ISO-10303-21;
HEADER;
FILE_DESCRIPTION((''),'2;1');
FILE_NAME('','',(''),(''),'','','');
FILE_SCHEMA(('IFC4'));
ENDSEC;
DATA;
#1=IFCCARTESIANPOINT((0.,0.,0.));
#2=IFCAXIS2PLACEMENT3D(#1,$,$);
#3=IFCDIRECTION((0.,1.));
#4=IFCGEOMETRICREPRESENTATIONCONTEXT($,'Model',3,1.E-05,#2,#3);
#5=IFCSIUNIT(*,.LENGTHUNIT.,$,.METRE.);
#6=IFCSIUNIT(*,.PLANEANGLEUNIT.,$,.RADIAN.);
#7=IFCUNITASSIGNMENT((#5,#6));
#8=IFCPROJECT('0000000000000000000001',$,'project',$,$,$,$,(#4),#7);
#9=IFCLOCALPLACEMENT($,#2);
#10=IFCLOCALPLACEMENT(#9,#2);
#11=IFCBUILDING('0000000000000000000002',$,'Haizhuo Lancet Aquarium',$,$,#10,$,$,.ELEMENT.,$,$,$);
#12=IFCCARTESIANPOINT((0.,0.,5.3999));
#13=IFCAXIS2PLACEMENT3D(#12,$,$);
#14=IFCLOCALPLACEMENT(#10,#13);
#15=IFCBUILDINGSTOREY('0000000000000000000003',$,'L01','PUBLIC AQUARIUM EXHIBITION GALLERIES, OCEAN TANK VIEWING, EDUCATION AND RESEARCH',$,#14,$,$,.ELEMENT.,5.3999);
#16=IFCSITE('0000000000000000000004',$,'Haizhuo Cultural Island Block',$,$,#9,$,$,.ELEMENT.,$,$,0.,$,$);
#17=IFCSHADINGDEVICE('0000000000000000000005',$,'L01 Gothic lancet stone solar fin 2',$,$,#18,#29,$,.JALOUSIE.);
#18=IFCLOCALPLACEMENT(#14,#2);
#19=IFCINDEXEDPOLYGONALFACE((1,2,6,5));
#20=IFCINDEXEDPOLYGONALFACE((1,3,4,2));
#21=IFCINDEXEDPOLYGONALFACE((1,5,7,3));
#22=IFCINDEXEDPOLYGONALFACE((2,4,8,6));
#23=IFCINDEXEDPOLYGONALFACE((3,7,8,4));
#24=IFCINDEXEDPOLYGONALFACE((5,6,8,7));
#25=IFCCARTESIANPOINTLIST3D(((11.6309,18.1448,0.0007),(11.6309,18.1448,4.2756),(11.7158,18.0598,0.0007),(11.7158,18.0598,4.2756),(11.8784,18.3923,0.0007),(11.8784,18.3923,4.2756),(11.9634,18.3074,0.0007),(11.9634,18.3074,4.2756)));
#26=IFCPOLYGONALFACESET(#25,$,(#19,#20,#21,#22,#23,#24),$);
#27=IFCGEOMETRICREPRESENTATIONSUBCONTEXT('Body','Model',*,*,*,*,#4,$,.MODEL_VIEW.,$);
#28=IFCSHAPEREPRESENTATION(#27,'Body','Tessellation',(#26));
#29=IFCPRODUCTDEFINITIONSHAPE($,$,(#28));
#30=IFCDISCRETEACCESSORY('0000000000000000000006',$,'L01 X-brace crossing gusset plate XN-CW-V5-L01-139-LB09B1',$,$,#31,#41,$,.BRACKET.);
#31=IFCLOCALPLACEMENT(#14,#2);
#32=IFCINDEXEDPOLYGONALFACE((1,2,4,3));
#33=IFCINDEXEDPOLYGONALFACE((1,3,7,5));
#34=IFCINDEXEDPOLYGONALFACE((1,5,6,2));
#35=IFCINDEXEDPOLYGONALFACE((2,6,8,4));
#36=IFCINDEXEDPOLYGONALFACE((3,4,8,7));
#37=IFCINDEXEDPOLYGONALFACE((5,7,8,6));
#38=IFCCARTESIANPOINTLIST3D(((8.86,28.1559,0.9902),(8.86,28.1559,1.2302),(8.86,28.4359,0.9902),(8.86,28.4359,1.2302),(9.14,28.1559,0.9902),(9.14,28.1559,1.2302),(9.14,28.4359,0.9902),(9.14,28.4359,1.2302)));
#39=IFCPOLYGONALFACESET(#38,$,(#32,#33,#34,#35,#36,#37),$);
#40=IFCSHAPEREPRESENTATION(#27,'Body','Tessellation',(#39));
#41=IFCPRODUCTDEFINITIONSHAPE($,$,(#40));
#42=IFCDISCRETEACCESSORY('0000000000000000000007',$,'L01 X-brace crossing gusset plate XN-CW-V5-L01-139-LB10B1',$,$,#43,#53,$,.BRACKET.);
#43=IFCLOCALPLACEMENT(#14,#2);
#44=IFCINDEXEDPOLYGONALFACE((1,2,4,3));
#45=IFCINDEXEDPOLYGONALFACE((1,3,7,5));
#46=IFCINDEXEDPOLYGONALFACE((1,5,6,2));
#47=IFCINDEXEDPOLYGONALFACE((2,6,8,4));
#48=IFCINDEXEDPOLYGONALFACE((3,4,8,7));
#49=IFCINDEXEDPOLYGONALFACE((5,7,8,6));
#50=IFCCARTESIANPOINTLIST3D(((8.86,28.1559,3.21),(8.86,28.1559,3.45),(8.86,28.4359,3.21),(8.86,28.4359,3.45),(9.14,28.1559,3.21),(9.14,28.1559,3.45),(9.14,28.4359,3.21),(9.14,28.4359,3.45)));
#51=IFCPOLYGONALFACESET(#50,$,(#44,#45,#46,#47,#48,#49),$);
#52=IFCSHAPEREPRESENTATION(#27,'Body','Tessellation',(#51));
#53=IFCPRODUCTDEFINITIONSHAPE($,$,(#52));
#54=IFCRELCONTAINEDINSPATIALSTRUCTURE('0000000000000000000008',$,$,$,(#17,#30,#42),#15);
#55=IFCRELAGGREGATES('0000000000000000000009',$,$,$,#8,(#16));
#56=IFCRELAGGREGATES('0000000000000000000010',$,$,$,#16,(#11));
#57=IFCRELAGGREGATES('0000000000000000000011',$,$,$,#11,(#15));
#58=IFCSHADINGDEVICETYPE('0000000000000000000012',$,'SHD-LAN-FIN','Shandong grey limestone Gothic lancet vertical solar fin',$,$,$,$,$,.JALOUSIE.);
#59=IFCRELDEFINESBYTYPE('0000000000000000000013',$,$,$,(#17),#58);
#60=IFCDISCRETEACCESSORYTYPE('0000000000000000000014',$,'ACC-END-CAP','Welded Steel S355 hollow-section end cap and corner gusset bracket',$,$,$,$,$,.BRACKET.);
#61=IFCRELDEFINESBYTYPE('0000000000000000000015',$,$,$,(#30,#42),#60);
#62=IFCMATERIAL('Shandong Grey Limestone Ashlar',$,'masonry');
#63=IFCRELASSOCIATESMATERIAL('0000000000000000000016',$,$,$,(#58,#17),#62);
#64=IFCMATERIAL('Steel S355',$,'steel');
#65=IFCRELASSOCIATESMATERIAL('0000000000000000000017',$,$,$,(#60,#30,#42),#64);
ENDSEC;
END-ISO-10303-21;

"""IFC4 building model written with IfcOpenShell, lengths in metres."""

from ifc_helpers import new_model, si_unit, direction, frame, origin, origin_2d, place, context, subcontext, project, spatial, rectangle, extrude, material, type_object, element, save


model = new_model("IFC4")

# Units and contexts
model_context = context("Model", 3, precision=1e-05, world=origin(), true_north=direction((0.0, 1.0)))
body_context = subcontext(model_context, "Body", "Model", "MODEL_VIEW")
ifc_project = project(units=[si_unit("LENGTHUNIT", "METRE"), si_unit("PLANEANGLEUNIT", "RADIAN")], contexts=[model_context])

# Site, building, storey
site_placement = place(None, origin())
site = spatial("IfcSite", under=ifc_project, at=site_placement, Name="Haizhuo Cultural Island Block", CompositionType="ELEMENT", RefElevation=0.0)
building_placement = place(site_placement, origin())
building = spatial("IfcBuilding", under=site, at=building_placement, Name="Haizhuo Lancet Aquarium", CompositionType="ELEMENT")
storey_placement = place(building_placement, frame((0.0, 0.0, 5.3999)))
storey = spatial("IfcBuildingStorey", under=building, at=storey_placement, Name="L01", Description="PUBLIC AQUARIUM EXHIBITION GALLERIES, OCEAN TANK VIEWING, EDUCATION AND RESEARCH", CompositionType="ELEMENT", Elevation=5.3999)

# Shared definitions
ifc_material_1 = material(Name="Steel S355", Category="steel")

# Shared definitions
ifc_material_2 = material(Name="Shandong Grey Limestone Ashlar", Category="masonry")

# Shading device
shading_device_type = type_object("IfcShadingDeviceType", Name="SHD-LAN-FIN", Description="Shandong grey limestone Gothic lancet vertical solar fin", PredefinedType="JALOUSIE", material=ifc_material_2)
for number, where, z_axis, x_axis, name in (
    (1, (11.7971, 18.2261, 0.0007), (0.0, 0.0, 1.0), (0.707107, -0.707107, 0.0), "L01 Gothic lancet stone solar fin 2"),
):
    element("IfcShadingDevice", number, at=place(storey_placement, frame(where, z_axis=z_axis, x_axis=x_axis)), inside=storey, type_object=shading_device_type, material=ifc_material_2, Name=name, PredefinedType="JALOUSIE", context=body_context, shape_type="SweptSolid", body=[
        extrude(rectangle(XDim=0.1201, YDim=0.3501, at=origin_2d()), origin(), (0.0, 0.0, 1.0), 4.2749),
    ])

# Discrete accessories
discrete_accessory_type = type_object("IfcDiscreteAccessoryType", Name="ACC-END-CAP", Description="Welded Steel S355 hollow-section end cap and corner gusset bracket", PredefinedType="BRACKET", material=ifc_material_1)
for number, where, z_axis, x_axis, name in (
    (2, (9.0, 28.2959, 0.9902), (0.0, 0.0, 1.0), (1.0, 0.0, 0.0), "L01 X-brace crossing gusset plate XN-CW-V5-L01-139-LB09B1"),
    (3, (9.0, 28.2959, 3.21), (0.0, 0.0, 1.0), (1.0, 0.0, 0.0), "L01 X-brace crossing gusset plate XN-CW-V5-L01-139-LB10B1"),
):
    element("IfcDiscreteAccessory", number, at=place(storey_placement, frame(where, z_axis=z_axis, x_axis=x_axis)), inside=storey, type_object=discrete_accessory_type, material=ifc_material_1, Name=name, PredefinedType="BRACKET", context=body_context, shape_type="SweptSolid", body=[
        extrude(rectangle(XDim=0.28, YDim=0.28, at=origin_2d()), origin(), (0.0, 0.0, 1.0), 0.24),
    ])

save(model, "model.ifc")
